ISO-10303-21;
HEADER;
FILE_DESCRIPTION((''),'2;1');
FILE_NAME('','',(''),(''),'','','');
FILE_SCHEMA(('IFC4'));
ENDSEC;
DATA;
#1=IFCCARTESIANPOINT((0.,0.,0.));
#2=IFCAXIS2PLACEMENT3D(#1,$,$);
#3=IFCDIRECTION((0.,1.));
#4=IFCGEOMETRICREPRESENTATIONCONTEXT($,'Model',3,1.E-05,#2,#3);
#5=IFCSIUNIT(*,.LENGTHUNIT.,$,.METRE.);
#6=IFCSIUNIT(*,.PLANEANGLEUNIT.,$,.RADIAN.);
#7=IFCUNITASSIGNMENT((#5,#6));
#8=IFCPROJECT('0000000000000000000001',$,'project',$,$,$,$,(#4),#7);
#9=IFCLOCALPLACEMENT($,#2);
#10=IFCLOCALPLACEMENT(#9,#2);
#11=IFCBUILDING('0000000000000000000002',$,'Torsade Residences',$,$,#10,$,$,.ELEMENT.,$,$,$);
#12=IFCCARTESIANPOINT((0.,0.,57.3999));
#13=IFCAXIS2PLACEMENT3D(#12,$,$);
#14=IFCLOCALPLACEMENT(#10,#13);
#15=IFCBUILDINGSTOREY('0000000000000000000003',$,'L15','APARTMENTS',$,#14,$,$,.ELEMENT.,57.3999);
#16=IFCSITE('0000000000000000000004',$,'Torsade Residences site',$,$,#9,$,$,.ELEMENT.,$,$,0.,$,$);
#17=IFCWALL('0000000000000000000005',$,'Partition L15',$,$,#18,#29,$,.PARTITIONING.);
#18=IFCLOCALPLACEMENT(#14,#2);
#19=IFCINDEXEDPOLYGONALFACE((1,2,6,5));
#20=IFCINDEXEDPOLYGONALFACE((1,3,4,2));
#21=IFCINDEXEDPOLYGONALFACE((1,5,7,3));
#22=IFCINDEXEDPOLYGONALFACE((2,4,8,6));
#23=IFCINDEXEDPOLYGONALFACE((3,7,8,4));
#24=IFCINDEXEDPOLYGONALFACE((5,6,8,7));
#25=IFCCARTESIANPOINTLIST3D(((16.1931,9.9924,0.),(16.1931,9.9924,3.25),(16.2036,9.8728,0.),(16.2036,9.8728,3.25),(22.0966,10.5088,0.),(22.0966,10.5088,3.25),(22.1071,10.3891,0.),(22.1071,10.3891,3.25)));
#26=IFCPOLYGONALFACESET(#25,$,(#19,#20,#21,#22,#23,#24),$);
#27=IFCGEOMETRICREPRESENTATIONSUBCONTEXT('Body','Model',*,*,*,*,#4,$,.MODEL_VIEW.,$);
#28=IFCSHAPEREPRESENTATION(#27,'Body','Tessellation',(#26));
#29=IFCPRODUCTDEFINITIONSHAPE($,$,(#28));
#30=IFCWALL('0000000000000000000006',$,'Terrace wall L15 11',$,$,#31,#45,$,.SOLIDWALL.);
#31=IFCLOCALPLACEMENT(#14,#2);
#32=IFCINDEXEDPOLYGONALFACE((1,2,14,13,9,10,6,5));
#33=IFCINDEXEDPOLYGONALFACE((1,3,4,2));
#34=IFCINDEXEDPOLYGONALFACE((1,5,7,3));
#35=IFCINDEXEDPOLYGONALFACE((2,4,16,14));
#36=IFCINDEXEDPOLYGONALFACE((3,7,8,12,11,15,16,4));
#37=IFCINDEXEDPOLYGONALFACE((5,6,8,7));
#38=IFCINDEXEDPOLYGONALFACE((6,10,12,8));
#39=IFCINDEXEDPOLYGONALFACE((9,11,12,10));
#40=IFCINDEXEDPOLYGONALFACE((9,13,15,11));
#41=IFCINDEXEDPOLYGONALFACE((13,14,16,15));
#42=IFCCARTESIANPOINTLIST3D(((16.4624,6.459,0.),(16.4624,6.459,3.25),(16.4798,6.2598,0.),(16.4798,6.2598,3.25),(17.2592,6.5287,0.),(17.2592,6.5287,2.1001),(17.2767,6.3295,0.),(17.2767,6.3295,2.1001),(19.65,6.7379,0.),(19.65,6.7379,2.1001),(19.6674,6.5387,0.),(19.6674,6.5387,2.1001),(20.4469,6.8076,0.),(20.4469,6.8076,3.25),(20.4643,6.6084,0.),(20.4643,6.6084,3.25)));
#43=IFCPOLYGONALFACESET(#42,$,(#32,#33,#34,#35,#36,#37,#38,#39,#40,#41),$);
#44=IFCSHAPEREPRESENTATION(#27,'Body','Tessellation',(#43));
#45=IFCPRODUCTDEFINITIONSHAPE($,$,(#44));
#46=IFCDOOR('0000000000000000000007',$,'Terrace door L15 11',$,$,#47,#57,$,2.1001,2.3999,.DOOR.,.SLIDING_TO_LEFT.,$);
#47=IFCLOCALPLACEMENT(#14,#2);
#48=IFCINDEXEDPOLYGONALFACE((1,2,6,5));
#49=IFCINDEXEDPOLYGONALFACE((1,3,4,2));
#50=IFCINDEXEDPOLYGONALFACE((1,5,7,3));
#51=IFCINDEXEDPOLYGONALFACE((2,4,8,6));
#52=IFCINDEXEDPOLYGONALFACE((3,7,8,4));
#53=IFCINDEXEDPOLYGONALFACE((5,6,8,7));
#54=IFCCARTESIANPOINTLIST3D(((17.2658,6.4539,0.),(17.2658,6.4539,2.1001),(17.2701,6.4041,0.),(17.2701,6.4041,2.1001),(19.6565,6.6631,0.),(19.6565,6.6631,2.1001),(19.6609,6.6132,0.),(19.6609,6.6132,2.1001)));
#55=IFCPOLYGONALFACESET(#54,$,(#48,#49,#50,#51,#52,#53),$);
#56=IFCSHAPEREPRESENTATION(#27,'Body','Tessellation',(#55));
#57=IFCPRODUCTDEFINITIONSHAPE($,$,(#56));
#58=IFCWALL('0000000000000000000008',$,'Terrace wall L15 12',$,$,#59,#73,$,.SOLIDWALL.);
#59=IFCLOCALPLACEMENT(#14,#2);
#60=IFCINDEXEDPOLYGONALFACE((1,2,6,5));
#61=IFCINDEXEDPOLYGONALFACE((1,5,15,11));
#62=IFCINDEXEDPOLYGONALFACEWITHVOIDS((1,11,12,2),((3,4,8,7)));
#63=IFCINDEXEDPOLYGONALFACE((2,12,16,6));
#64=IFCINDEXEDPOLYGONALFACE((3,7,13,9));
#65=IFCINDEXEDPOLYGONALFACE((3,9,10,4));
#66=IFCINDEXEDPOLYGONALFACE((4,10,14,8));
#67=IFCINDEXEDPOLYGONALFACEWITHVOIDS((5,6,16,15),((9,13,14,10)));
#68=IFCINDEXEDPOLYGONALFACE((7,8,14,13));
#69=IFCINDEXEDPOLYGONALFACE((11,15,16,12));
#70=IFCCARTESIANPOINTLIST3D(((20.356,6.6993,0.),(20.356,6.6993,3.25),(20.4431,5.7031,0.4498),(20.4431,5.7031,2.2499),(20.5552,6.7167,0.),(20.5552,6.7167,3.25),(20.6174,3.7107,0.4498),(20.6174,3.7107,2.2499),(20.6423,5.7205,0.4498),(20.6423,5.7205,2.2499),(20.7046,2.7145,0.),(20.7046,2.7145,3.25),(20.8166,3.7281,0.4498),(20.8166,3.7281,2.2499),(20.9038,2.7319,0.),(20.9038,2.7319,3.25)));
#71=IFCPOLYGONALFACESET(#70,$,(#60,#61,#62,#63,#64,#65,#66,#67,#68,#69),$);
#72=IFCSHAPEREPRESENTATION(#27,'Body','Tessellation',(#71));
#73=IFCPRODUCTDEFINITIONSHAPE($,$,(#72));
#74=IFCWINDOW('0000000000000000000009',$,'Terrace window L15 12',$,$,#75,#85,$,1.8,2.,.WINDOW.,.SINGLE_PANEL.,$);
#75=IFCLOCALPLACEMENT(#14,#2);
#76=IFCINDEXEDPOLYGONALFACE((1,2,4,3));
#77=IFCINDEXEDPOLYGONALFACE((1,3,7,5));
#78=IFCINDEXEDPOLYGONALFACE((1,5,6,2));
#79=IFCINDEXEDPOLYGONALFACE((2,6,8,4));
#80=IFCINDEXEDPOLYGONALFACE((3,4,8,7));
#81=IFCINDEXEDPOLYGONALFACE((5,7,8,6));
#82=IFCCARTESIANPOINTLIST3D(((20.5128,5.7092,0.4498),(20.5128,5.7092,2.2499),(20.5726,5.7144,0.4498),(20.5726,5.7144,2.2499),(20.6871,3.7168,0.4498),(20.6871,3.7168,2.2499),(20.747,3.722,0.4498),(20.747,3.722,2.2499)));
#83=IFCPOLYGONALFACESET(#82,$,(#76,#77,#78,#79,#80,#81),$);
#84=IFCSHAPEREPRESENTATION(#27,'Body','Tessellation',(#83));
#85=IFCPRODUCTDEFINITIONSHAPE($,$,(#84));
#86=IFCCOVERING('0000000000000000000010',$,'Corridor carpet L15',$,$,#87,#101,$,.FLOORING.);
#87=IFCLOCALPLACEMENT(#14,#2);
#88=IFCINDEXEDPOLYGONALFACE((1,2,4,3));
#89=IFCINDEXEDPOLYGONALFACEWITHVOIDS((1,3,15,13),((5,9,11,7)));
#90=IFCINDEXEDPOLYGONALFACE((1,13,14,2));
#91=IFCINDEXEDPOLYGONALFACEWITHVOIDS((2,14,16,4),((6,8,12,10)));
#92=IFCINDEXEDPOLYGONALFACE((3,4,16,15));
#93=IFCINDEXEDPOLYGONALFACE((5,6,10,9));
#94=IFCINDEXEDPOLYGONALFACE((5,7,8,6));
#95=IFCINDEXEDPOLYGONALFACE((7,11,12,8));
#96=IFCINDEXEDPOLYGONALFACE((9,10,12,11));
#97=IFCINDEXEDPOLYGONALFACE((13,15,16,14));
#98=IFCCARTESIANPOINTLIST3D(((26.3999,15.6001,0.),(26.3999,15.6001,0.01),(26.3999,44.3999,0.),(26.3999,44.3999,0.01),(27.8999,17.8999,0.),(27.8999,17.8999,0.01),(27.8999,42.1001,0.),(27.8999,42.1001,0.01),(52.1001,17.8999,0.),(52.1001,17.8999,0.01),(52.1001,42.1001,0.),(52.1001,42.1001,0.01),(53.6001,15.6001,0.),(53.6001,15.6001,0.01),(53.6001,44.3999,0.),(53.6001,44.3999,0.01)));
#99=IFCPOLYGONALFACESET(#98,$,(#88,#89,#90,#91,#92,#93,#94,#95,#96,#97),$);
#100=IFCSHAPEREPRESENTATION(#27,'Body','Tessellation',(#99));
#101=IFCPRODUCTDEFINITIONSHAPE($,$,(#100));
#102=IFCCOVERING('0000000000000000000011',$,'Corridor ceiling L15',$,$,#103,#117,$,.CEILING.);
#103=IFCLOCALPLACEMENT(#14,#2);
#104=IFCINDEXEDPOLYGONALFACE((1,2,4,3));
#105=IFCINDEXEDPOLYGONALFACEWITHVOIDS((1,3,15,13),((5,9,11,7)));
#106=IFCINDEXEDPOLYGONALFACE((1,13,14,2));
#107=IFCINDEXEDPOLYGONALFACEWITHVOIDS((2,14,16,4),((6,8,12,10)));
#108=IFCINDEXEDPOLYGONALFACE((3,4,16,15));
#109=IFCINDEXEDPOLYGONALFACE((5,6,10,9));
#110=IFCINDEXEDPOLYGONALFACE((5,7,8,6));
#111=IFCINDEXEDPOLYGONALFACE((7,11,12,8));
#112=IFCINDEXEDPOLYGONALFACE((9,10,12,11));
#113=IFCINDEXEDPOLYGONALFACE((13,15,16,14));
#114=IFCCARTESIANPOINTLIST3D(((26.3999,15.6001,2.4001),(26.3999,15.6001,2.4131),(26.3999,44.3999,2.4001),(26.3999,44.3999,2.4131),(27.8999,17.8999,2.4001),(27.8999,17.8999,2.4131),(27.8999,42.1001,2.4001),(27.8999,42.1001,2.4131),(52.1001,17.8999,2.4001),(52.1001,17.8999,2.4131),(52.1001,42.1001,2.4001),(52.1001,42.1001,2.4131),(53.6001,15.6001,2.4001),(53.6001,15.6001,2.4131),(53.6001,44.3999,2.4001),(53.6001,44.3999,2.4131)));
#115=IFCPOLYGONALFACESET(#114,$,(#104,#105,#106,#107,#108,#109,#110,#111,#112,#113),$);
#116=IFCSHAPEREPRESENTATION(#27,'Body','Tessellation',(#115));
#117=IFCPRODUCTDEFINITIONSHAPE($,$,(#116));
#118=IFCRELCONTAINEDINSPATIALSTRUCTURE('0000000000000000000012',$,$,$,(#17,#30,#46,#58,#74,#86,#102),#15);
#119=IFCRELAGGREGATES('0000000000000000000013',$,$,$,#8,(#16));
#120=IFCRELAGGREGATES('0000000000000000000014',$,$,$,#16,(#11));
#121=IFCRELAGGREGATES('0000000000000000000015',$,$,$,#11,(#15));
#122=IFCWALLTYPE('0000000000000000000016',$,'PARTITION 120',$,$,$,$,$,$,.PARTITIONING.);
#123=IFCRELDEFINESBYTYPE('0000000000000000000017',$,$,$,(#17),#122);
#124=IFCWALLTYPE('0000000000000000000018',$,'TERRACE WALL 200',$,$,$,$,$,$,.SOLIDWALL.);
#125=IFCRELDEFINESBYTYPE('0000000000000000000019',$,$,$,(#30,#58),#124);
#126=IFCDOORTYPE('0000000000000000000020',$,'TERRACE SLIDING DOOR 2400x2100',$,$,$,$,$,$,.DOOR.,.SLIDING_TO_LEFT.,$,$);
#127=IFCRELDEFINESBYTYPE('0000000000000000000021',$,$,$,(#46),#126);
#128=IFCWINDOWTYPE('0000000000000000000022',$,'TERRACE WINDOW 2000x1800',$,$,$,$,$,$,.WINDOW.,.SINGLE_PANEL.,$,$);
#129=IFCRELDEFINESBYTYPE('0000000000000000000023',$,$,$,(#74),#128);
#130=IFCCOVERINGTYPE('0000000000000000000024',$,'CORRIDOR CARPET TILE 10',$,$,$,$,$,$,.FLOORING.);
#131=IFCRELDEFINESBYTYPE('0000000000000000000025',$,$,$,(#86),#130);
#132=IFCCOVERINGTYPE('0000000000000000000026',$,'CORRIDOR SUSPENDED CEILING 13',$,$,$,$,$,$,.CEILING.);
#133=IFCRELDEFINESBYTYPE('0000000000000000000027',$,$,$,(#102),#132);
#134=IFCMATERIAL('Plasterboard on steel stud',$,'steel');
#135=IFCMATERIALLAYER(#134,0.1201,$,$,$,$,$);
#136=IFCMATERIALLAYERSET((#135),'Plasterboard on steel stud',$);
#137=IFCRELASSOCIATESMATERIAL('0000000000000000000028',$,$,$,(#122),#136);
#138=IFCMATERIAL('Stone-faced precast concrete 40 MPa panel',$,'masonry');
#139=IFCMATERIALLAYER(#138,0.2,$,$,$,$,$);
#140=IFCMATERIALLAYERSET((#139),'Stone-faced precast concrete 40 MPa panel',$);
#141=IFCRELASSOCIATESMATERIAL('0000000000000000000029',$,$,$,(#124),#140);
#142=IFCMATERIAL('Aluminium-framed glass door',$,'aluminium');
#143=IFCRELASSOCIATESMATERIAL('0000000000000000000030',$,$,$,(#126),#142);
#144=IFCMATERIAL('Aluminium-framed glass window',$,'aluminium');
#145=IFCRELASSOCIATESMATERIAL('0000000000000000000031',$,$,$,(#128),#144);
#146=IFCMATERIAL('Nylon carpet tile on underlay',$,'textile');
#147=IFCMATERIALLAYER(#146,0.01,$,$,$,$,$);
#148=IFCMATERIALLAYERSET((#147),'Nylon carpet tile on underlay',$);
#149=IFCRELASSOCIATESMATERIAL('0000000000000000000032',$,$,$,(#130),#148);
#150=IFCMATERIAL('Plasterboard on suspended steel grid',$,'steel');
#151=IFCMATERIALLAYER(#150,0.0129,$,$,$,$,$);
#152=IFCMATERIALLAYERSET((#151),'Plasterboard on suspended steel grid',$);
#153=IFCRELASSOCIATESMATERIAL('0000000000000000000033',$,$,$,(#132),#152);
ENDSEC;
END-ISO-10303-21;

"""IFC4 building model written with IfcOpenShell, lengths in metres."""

from ifc_helpers import new_model, si_unit, direction, frame, frame_2d, origin, place, context, subcontext, project, spatial, polyline, rectangle, outline, extrude, material, layer, layer_set, type_object, element, fill, save


model = new_model("IFC4")

# Units and contexts
model_context = context("Model", 3, precision=1e-05, world=origin(), true_north=direction((0.0, 1.0)))
body_context = subcontext(model_context, "Body", "Model", "MODEL_VIEW")
ifc_project = project(units=[si_unit("LENGTHUNIT", "METRE"), si_unit("PLANEANGLEUNIT", "RADIAN")], contexts=[model_context])

# Site, building, storey
site_placement = place(None, origin())
site = spatial("IfcSite", under=ifc_project, at=site_placement, Name="Torsade Residences site", CompositionType="ELEMENT", RefElevation=0.0)
building_placement = place(site_placement, origin())
building = spatial("IfcBuilding", under=site, at=building_placement, Name="Torsade Residences", CompositionType="ELEMENT")
storey_placement = place(building_placement, frame((0.0, 0.0, 57.3999)))
storey = spatial("IfcBuildingStorey", under=building, at=storey_placement, Name="L15", Description="APARTMENTS", CompositionType="ELEMENT", Elevation=57.3999)

# Wall
ifc_material_1 = material(Name="Plasterboard on steel stud", Category="steel")
ifc_layer_1 = layer(ifc_material_1, 0.1201)
ifc_layer_set_1 = layer_set([ifc_layer_1], Name="Plasterboard on steel stud")
wall_type_1 = type_object("IfcWallType", Name="PARTITION 120", PredefinedType="PARTITIONING", material=ifc_layer_set_1)
wall_1_placement = place(storey_placement, frame((16.1985, 9.9326, 0.0), z_axis=(0.0, 0.0, 1.0), x_axis=(0.996197, 0.087133, 0.0)))
element("IfcWall", 1, at=wall_1_placement, inside=storey, type_object=wall_type_1, Name="Partition L15", PredefinedType="PARTITIONING", context=body_context, shape_type="SweptSolid", body=[
    extrude(rectangle(XDim=5.926, YDim=0.1201, at=frame_2d((2.9629, 0.0))), origin(), (0.0, 0.0, 1.0), 3.25),
])

# Wall, opening, door
ifc_material_2 = material(Name="Stone-faced precast concrete 40 MPa panel", Category="masonry")
ifc_layer_2 = layer(ifc_material_2, 0.2)
ifc_layer_set_2 = layer_set([ifc_layer_2], Name="Stone-faced precast concrete 40 MPa panel")
wall_type_2 = type_object("IfcWallType", Name="TERRACE WALL 200", PredefinedType="SOLIDWALL", material=ifc_layer_set_2)
wall_2_placement = place(storey_placement, frame((16.4709, 6.3594, 0.0), z_axis=(0.0, 0.0, 1.0), x_axis=(0.996194, 0.087162, 0.0)))
wall_2 = element("IfcWall", 2, at=wall_2_placement, inside=storey, type_object=wall_type_2, Name="Terrace wall L15 11", PredefinedType="SOLIDWALL", context=body_context, shape_type="SweptSolid", body=[
    extrude(rectangle(XDim=3.9998, YDim=0.2, at=frame_2d((2.0, 0.0))), origin(), (0.0, 0.0, 1.0), 3.25),
])
opening_1_placement = place(wall_2_placement, frame((0.8, 0.0, 0.0)))
opening_1 = element("IfcOpeningElement", 3, at=opening_1_placement, cuts=wall_2, PredefinedType="OPENING", context=body_context, shape_type="SweptSolid", body=[
    extrude(rectangle(XDim=2.3999, YDim=2.1001, at=frame_2d((1.2, 1.05))), frame((0.0, 0.1099, 0.0), z_axis=(0.0, -1.0, 0.0), x_axis=(1.0, 0.0, 0.0)), (0.0, 0.0, 1.0), 0.22),
])
ifc_material_3 = material(Name="Aluminium-framed glass door", Category="aluminium")
door_type = type_object("IfcDoorType", Name="TERRACE SLIDING DOOR 2400x2100", OperationType="SLIDING_TO_LEFT", PredefinedType="DOOR", material=ifc_material_3)
door_placement = place(opening_1_placement, origin())
door = element("IfcDoor", 4, at=door_placement, inside=storey, type_object=door_type, Name="Terrace door L15 11", OperationType="SLIDING_TO_LEFT", OverallHeight=2.1001, OverallWidth=2.3999, PredefinedType="DOOR", context=body_context, shape_type="SweptSolid", body=[
    extrude(rectangle(XDim=2.3999, YDim=2.1001, at=frame_2d((1.2, 1.05))), frame((0.0, 0.0249, 0.0), z_axis=(0.0, -1.0, 0.0), x_axis=(1.0, 0.0, 0.0)), (0.0, 0.0, 1.0), 0.05),
])
fill(opening_1, door)

# Wall, opening, window
wall_3_placement = place(storey_placement, frame((20.4556, 6.708, 0.0), z_axis=(0.0, 0.0, 1.0), x_axis=(0.087156, -0.996195, 0.0)))
wall_3 = element("IfcWall", 5, at=wall_3_placement, inside=storey, type_object=wall_type_2, Name="Terrace wall L15 12", PredefinedType="SOLIDWALL", context=body_context, shape_type="SweptSolid", body=[
    extrude(rectangle(XDim=4.0, YDim=0.2, at=frame_2d((2.0, 0.0))), origin(), (0.0, 0.0, 1.0), 3.25),
])
opening_2_placement = place(wall_3_placement, frame((1.0, 0.0, 0.45)))
opening_2 = element("IfcOpeningElement", 6, at=opening_2_placement, cuts=wall_3, PredefinedType="OPENING", context=body_context, shape_type="SweptSolid", body=[
    extrude(rectangle(XDim=2.0, YDim=1.8, at=frame_2d((1.0, 0.8999))), frame((0.0, 0.1099, 0.0), z_axis=(0.0, -1.0, 0.0), x_axis=(1.0, 0.0, 0.0)), (0.0, 0.0, 1.0), 0.22),
])
ifc_material_4 = material(Name="Aluminium-framed glass window", Category="aluminium")
window_type = type_object("IfcWindowType", Name="TERRACE WINDOW 2000x1800", PartitioningType="SINGLE_PANEL", PredefinedType="WINDOW", material=ifc_material_4)
window_placement = place(opening_2_placement, origin())
window = element("IfcWindow", 7, at=window_placement, inside=storey, type_object=window_type, Name="Terrace window L15 12", OverallHeight=1.8, OverallWidth=2.0, PartitioningType="SINGLE_PANEL", PredefinedType="WINDOW", context=body_context, shape_type="SweptSolid", body=[
    extrude(rectangle(XDim=2.0, YDim=1.8, at=frame_2d((1.0, 0.8999))), frame((0.0, 0.03, 0.0), z_axis=(0.0, -1.0, 0.0), x_axis=(1.0, 0.0, 0.0)), (0.0, 0.0, 1.0), 0.0601),
])
fill(opening_2, window)

# Coverings
ifc_material_5 = material(Name="Nylon carpet tile on underlay", Category="textile")
ifc_layer_3 = layer(ifc_material_5, 0.01)
ifc_layer_set_3 = layer_set([ifc_layer_3], Name="Nylon carpet tile on underlay")
covering_type_1 = type_object("IfcCoveringType", Name="CORRIDOR CARPET TILE 10", PredefinedType="FLOORING", material=ifc_layer_set_3)
covering_1_placement = place(storey_placement, origin())
element("IfcCovering", 8, at=covering_1_placement, inside=storey, type_object=covering_type_1, Name="Corridor carpet L15", PredefinedType="FLOORING", context=body_context, shape_type="SweptSolid", body=[
    extrude(outline(polyline([(53.6001, 15.6001), (53.6001, 44.3999), (26.3999, 44.3999), (26.3999, 15.6001), (53.6001, 15.6001)]), holes=[polyline([(52.1001, 42.1001), (27.8999, 42.1001), (27.8999, 17.8999), (52.1001, 17.8999), (52.1001, 42.1001)])]), origin(), (0.0, 0.0, 1.0), 0.01),
])
ifc_material_6 = material(Name="Plasterboard on suspended steel grid", Category="steel")
ifc_layer_4 = layer(ifc_material_6, 0.0129)
ifc_layer_set_4 = layer_set([ifc_layer_4], Name="Plasterboard on suspended steel grid")
covering_type_2 = type_object("IfcCoveringType", Name="CORRIDOR SUSPENDED CEILING 13", PredefinedType="CEILING", material=ifc_layer_set_4)
covering_2_placement = place(storey_placement, frame((0.0, 0.0, 2.4001)))
element("IfcCovering", 9, at=covering_2_placement, inside=storey, type_object=covering_type_2, Name="Corridor ceiling L15", PredefinedType="CEILING", context=body_context, shape_type="SweptSolid", body=[
    extrude(outline(polyline([(53.6001, 15.6001), (53.6001, 44.3999), (26.3999, 44.3999), (26.3999, 15.6001), (53.6001, 15.6001)]), holes=[polyline([(52.1001, 42.1001), (27.8999, 42.1001), (27.8999, 17.8999), (52.1001, 17.8999), (52.1001, 42.1001)])]), origin(), (0.0, 0.0, 1.0), 0.0129),
])

save(model, "model.ifc")
